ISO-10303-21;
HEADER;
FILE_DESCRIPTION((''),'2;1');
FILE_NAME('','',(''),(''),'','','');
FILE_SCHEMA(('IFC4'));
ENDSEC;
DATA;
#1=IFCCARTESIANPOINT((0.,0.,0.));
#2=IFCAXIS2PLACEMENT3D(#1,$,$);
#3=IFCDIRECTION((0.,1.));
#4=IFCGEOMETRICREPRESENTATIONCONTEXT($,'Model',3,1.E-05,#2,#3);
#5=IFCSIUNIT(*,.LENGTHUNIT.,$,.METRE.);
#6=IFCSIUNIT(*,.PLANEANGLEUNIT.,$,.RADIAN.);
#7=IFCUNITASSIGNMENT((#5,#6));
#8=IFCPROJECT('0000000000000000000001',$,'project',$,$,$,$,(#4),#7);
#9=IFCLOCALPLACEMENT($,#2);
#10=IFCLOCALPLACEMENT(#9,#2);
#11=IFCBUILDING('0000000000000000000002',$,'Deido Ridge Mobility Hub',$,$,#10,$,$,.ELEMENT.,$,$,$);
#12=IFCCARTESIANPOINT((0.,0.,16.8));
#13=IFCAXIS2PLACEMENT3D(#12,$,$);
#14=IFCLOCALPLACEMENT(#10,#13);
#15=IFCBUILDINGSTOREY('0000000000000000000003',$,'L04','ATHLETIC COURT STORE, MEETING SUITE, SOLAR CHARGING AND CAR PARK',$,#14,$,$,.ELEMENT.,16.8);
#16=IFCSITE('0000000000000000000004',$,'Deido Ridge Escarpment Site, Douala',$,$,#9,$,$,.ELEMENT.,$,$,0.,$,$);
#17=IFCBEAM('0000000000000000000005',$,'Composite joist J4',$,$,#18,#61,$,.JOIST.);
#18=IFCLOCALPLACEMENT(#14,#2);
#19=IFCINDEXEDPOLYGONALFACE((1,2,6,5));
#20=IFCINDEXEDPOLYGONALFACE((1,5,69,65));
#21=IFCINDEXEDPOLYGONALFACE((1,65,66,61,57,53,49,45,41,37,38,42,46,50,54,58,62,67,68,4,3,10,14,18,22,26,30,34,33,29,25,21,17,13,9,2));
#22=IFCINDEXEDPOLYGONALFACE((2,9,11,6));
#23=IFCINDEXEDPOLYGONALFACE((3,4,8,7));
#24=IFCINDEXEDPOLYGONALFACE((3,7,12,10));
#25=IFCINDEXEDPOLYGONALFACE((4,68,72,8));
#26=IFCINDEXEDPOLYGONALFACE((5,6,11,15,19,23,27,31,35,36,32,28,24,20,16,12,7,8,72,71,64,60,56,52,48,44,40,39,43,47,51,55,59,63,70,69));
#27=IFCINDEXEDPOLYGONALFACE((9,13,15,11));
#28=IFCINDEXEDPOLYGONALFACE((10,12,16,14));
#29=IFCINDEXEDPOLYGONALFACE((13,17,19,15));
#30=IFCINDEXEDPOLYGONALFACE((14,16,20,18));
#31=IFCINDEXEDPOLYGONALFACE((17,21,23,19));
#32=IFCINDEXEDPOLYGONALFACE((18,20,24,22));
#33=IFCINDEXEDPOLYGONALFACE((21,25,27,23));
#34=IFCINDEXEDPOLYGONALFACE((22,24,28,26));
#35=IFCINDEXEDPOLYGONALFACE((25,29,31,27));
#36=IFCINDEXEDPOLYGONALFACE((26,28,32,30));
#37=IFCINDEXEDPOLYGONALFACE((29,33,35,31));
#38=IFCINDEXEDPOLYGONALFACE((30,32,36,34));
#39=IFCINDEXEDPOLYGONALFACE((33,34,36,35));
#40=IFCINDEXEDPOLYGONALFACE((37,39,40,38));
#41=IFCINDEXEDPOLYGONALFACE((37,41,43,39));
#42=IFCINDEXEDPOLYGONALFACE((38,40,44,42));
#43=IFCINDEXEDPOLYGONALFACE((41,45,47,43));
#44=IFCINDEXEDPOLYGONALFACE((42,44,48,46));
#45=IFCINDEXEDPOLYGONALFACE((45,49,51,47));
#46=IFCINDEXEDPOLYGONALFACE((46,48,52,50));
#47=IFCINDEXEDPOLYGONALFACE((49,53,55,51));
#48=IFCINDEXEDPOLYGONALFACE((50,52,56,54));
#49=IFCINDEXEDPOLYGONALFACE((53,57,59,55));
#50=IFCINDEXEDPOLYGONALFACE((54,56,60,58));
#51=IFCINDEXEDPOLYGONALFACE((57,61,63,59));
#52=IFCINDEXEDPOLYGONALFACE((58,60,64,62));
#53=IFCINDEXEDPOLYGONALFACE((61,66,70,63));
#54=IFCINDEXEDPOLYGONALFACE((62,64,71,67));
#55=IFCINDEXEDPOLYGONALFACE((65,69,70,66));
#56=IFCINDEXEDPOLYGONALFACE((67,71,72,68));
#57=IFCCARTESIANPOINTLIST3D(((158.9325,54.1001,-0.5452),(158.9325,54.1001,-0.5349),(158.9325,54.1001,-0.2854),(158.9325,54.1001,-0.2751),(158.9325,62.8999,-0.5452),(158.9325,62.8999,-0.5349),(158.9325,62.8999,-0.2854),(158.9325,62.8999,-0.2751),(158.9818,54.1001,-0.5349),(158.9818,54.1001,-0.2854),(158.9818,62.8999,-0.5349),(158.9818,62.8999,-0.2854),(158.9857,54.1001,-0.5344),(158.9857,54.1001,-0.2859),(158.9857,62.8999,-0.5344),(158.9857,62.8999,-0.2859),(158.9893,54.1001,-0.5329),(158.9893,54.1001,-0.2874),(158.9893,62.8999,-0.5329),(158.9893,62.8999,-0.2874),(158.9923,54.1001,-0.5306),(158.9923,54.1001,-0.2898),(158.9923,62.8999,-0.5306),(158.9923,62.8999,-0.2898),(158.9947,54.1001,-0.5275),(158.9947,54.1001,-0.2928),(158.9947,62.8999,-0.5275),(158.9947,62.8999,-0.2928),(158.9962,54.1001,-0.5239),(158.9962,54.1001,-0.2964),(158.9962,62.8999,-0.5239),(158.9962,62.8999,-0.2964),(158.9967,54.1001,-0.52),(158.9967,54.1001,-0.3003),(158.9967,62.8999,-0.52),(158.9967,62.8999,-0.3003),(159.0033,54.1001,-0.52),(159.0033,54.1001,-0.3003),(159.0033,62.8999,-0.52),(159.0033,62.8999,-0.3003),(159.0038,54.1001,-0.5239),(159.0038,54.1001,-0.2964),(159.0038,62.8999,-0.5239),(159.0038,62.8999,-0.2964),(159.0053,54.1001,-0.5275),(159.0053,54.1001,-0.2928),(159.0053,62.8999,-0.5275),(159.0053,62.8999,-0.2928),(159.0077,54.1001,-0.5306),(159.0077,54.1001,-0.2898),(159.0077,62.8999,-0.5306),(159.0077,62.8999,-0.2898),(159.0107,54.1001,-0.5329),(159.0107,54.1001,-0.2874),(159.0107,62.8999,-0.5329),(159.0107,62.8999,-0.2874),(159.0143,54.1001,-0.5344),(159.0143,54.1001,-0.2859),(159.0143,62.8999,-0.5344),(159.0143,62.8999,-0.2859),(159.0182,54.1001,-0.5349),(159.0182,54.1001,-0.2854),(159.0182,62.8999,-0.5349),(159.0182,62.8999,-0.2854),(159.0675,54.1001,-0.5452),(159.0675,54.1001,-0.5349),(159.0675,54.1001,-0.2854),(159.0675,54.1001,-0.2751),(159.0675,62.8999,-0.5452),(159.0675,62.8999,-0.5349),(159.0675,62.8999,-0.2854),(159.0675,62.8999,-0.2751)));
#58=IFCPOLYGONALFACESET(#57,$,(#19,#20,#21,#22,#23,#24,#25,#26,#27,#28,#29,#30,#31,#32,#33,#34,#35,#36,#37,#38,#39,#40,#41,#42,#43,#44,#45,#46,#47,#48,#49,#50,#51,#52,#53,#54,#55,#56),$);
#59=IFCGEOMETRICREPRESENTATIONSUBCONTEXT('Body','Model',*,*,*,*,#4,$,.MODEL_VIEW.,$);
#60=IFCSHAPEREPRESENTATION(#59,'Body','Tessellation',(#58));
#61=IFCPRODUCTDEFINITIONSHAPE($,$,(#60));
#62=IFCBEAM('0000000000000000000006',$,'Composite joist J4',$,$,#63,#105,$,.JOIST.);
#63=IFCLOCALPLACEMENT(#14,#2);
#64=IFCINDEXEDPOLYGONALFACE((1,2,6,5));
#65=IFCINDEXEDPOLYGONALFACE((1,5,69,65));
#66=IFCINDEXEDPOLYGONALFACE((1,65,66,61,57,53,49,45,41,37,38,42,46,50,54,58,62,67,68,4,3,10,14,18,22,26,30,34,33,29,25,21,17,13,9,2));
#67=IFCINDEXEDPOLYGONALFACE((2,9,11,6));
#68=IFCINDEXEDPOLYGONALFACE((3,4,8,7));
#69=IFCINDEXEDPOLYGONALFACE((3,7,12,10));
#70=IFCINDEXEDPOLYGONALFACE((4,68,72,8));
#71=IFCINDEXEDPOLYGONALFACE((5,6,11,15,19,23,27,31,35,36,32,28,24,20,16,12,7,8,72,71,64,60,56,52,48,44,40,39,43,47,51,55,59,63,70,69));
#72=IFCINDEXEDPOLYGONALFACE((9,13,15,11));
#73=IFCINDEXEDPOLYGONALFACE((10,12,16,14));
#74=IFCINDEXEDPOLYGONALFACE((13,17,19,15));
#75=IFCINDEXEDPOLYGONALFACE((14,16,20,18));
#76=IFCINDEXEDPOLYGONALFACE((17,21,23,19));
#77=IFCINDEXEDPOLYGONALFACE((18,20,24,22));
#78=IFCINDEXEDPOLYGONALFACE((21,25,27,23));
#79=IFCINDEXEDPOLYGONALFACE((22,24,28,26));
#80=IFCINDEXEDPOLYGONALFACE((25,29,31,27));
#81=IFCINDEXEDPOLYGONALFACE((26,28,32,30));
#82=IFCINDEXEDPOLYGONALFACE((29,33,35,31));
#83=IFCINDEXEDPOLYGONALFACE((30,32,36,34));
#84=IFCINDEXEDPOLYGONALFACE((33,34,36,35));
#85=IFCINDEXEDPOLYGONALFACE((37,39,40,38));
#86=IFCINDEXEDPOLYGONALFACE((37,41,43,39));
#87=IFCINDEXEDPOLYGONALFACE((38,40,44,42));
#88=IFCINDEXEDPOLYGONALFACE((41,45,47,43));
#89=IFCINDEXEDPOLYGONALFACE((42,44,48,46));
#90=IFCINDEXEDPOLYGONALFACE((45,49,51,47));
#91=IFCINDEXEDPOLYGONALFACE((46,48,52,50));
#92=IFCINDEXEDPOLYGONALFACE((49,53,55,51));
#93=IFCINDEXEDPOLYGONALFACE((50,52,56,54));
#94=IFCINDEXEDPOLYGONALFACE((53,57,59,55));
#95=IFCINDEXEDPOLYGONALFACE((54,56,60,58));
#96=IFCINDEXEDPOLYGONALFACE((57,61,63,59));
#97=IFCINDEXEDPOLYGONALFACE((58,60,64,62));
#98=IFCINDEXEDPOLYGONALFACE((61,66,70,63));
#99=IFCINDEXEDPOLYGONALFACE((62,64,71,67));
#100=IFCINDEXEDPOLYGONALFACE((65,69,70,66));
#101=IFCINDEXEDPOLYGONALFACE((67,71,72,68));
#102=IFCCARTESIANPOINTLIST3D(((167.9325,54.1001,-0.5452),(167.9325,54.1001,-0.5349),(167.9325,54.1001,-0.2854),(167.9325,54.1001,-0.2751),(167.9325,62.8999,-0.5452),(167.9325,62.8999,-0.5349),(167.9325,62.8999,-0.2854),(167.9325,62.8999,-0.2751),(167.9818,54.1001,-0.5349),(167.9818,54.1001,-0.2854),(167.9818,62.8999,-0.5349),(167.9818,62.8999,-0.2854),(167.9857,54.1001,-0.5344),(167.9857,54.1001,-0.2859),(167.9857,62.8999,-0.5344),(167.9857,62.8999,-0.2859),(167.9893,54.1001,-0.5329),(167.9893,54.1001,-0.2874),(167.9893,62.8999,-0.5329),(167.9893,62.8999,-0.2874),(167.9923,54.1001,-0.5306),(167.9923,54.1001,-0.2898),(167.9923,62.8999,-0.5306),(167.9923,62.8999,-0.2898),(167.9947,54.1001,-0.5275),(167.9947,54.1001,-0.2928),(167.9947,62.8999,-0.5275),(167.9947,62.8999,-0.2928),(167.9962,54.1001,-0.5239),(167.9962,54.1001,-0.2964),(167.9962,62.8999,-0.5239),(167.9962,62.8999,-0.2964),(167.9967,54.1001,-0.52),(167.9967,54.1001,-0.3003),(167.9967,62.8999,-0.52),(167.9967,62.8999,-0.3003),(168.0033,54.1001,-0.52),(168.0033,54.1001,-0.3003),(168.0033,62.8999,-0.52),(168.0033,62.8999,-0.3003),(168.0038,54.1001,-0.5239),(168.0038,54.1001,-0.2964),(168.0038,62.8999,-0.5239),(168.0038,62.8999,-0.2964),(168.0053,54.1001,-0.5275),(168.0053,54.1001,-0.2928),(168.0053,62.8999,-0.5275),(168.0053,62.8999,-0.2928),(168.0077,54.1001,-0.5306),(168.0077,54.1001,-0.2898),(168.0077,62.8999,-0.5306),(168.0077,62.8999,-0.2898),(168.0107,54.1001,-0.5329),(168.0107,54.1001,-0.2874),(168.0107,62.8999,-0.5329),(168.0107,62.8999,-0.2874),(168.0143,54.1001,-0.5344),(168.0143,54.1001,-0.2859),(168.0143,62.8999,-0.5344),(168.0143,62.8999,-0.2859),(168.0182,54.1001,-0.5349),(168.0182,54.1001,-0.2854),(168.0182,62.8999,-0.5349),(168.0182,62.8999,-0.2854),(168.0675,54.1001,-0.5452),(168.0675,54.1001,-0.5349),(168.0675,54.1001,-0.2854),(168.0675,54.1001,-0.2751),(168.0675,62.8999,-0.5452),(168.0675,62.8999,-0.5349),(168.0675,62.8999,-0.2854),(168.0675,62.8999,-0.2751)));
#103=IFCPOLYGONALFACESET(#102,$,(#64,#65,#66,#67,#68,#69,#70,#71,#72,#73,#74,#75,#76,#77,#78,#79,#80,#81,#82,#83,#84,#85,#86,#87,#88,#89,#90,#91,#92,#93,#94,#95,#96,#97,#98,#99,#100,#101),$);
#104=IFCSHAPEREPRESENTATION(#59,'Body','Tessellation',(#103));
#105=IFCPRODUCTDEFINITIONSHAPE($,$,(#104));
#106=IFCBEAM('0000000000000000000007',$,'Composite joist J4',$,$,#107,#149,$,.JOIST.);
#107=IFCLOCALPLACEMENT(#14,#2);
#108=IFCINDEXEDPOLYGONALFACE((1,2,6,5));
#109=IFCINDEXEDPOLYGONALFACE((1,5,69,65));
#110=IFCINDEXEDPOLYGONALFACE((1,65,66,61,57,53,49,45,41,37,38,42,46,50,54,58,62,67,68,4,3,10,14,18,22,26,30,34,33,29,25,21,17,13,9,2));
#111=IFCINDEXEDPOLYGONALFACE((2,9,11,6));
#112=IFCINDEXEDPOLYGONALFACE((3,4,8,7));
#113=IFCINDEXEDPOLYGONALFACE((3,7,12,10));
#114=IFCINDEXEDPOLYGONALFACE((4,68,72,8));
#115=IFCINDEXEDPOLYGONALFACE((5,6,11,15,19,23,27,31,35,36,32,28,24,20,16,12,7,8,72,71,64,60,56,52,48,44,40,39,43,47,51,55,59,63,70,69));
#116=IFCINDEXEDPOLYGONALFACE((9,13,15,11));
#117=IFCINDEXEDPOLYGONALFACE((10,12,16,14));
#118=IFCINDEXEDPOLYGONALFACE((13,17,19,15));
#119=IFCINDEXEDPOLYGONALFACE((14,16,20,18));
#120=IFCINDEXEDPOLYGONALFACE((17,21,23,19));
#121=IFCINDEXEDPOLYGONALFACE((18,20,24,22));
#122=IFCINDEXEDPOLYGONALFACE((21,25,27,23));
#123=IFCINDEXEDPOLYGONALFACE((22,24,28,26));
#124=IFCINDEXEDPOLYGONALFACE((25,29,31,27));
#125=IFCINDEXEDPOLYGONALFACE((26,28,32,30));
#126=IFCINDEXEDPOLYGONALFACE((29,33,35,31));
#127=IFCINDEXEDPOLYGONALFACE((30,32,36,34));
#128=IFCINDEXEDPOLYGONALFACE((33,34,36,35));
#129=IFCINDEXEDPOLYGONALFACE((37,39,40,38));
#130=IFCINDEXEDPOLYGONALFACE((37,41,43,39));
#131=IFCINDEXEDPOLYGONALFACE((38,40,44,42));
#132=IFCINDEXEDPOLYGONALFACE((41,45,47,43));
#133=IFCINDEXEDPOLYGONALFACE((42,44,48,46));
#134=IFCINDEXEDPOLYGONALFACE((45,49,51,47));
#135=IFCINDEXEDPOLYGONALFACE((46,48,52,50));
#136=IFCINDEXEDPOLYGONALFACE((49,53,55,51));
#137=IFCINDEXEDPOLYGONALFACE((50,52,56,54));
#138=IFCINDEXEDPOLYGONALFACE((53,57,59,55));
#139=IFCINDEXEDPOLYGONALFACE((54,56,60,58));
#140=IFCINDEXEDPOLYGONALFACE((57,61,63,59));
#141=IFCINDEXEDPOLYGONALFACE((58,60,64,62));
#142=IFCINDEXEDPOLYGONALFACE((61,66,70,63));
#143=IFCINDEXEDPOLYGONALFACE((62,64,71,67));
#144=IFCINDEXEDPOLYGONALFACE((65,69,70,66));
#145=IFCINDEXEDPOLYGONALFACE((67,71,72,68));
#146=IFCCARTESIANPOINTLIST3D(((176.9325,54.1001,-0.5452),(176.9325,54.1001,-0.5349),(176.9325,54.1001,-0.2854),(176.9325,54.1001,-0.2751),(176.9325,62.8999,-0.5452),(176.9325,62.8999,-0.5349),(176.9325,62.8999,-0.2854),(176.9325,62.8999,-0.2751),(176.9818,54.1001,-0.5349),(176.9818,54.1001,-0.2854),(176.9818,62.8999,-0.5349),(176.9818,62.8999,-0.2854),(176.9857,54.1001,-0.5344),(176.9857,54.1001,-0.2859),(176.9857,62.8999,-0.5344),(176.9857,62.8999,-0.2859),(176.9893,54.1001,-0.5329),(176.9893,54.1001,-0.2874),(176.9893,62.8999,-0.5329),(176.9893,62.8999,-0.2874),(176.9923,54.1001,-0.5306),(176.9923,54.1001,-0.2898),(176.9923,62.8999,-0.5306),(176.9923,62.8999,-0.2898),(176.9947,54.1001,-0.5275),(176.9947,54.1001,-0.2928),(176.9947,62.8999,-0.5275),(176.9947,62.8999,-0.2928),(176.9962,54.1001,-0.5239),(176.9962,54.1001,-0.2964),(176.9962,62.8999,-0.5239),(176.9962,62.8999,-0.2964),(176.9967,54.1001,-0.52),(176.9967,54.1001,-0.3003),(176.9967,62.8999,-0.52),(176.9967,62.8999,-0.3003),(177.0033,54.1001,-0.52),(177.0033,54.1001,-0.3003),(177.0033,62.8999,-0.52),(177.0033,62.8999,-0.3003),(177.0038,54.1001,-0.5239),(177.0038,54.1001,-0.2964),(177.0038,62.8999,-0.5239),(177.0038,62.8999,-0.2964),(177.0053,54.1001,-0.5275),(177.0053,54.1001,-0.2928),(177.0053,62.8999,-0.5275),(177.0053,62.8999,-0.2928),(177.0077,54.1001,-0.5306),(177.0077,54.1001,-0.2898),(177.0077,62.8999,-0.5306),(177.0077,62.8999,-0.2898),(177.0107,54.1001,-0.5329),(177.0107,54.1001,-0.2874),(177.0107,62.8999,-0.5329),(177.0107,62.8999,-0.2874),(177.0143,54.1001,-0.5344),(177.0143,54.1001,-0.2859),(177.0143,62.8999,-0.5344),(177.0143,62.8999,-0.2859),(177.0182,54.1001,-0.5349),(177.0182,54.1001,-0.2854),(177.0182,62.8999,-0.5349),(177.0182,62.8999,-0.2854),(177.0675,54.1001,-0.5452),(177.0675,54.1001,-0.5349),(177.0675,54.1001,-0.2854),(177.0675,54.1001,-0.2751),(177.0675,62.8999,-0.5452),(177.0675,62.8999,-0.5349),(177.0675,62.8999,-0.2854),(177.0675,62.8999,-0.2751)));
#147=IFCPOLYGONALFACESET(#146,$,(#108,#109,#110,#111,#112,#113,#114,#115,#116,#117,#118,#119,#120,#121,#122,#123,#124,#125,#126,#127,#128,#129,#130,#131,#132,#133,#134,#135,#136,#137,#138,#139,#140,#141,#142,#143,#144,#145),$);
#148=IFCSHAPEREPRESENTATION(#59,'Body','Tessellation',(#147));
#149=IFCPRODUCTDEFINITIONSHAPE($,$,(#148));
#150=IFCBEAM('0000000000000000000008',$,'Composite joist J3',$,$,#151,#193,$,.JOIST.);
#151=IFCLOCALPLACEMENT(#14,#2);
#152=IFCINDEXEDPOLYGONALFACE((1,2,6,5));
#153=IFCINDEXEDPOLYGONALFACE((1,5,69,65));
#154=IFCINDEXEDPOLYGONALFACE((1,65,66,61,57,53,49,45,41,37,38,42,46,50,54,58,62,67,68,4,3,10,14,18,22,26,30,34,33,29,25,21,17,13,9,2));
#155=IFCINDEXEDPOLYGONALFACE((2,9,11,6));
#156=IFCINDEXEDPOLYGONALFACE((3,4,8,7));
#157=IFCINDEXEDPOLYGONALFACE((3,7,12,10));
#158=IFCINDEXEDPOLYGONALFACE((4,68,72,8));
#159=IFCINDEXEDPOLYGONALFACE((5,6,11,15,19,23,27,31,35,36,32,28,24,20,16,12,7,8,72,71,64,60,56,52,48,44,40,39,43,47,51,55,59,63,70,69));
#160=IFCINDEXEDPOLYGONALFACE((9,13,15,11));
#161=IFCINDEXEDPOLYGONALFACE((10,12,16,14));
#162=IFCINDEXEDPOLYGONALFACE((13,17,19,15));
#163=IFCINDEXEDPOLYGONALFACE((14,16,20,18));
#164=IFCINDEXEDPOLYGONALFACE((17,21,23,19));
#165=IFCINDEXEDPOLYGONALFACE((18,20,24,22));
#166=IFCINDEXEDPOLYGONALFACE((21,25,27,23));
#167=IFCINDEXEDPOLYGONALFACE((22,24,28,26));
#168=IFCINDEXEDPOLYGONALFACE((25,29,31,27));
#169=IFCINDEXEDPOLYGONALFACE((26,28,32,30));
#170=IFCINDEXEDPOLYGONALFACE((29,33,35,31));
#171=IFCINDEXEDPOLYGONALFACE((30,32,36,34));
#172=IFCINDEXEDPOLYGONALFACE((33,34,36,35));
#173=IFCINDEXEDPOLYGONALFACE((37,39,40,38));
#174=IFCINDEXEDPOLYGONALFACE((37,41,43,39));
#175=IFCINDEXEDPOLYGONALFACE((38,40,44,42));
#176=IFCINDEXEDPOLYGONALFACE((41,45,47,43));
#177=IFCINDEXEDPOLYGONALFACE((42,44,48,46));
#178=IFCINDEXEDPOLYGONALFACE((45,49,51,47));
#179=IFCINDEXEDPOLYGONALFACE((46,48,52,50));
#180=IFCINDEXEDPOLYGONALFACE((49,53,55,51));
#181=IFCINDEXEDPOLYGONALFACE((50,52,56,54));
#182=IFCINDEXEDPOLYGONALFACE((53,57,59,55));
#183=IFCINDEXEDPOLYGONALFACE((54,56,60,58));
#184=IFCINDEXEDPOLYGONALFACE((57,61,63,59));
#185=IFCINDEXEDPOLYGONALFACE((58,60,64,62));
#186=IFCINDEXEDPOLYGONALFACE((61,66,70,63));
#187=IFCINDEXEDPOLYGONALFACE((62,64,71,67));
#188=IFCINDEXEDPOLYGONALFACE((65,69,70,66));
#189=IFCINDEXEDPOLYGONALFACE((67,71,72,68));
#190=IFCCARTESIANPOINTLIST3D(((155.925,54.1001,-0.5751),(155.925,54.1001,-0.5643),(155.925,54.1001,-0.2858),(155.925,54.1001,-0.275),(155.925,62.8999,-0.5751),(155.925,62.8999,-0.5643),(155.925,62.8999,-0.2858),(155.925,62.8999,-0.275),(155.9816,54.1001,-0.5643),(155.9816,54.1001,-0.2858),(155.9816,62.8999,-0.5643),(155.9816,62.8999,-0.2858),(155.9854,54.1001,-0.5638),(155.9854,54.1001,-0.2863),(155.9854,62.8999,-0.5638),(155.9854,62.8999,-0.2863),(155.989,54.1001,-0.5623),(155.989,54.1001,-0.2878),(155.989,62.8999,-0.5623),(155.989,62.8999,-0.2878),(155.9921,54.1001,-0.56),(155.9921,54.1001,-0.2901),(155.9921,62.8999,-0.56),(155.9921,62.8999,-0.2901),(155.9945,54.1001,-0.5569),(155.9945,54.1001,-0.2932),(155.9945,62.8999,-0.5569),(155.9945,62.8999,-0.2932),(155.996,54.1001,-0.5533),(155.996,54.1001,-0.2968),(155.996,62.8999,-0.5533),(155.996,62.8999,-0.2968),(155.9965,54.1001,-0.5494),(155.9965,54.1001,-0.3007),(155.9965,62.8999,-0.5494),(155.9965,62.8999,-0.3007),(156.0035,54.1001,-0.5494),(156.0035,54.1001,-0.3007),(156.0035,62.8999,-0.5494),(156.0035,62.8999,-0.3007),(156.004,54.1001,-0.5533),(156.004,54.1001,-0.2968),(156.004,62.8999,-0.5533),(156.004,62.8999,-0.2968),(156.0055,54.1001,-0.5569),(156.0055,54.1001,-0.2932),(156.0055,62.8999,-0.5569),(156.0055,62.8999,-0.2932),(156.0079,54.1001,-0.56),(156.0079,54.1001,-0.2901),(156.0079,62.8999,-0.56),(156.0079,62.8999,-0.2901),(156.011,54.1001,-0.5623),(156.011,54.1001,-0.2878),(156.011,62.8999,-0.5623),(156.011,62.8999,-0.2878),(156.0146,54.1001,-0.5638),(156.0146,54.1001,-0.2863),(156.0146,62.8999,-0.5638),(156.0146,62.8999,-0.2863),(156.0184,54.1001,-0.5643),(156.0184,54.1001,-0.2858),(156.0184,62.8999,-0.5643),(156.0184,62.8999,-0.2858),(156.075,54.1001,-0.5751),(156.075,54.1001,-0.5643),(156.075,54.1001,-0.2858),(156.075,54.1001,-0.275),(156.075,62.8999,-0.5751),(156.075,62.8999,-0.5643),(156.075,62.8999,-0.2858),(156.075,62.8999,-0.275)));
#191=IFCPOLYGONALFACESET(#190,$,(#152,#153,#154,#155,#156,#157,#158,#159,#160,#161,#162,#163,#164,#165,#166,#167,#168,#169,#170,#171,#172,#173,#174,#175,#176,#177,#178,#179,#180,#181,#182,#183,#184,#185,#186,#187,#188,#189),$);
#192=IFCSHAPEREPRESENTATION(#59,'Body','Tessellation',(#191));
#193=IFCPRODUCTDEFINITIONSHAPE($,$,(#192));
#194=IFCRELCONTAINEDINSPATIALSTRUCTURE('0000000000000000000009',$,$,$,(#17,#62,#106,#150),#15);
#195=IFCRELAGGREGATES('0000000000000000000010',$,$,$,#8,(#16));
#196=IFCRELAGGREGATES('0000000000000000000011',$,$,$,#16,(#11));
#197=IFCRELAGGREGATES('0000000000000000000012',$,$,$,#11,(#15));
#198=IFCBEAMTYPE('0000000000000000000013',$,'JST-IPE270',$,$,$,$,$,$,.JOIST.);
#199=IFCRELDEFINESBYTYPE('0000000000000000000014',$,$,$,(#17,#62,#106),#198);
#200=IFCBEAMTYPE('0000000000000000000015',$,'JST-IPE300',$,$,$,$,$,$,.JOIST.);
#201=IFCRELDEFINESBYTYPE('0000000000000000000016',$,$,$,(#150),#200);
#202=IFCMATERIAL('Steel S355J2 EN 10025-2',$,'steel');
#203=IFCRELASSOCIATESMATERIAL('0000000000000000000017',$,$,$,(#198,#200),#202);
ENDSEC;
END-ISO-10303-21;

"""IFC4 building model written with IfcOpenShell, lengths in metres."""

from ifc_helpers import new_model, si_unit, direction, frame, origin, origin_2d, place, context, subcontext, project, spatial, i_section, extrude, material, material_profile, profile_set, type_object, element, save


model = new_model("IFC4")

# Units and contexts
model_context = context("Model", 3, precision=1e-05, world=origin(), true_north=direction((0.0, 1.0)))
body_context = subcontext(model_context, "Body", "Model", "MODEL_VIEW")
ifc_project = project(units=[si_unit("LENGTHUNIT", "METRE"), si_unit("PLANEANGLEUNIT", "RADIAN")], contexts=[model_context])

# Site, building, storey
site_placement = place(None, origin())
site = spatial("IfcSite", under=ifc_project, at=site_placement, Name="Deido Ridge Escarpment Site, Douala", CompositionType="ELEMENT", RefElevation=0.0)
building_placement = place(site_placement, origin())
building = spatial("IfcBuilding", under=site, at=building_placement, Name="Deido Ridge Mobility Hub", CompositionType="ELEMENT")
storey_placement = place(building_placement, frame((0.0, 0.0, 16.8)))
storey = spatial("IfcBuildingStorey", under=building, at=storey_placement, Name="L04", Description="ATHLETIC COURT STORE, MEETING SUITE, SOLAR CHARGING AND CAR PARK", CompositionType="ELEMENT", Elevation=16.8)

# Shared definitions
ifc_material_1 = material(Name="Steel S355J2 EN 10025-2", Category="steel")

# Beams
ifc_material_profile_1 = material_profile(ifc_material_1, i_section(OverallWidth=0.135, OverallDepth=0.27, WebThickness=0.0066, FlangeThickness=0.0103, FilletRadius=0.0149, at=origin_2d()), Name="IPE 270")
ifc_profile_set_1 = profile_set([ifc_material_profile_1], Name="Steel S355J2 EN 10025-2")
beam_type_1 = type_object("IfcBeamType", Name="JST-IPE270", PredefinedType="JOIST", material=ifc_profile_set_1)
for number, where, z_axis, x_axis, name in (
    (1, (159.0, 54.1001, -0.4102), (0.0, 1.0, 0.0), (-1.0, 0.0, 0.0), "Composite joist J4"),
    (2, (168.0, 54.1001, -0.4102), (0.0, 1.0, 0.0), (-1.0, 0.0, 0.0), "Composite joist J4"),
    (3, (177.0, 54.1001, -0.4102), (0.0, 1.0, 0.0), (-1.0, 0.0, 0.0), "Composite joist J4"),
):
    element("IfcBeam", number, at=place(storey_placement, frame(where, z_axis=z_axis, x_axis=x_axis)), inside=storey, type_object=beam_type_1, Name=name, PredefinedType="JOIST", context=body_context, shape_type="SweptSolid", body=[
        extrude(i_section(OverallWidth=0.135, OverallDepth=0.27, WebThickness=0.0066, FlangeThickness=0.0103, FilletRadius=0.0149, at=origin_2d()), origin(), (0.0, 0.0, 1.0), 8.7998),
    ])
ifc_material_profile_2 = material_profile(ifc_material_1, i_section(OverallWidth=0.1499, OverallDepth=0.3, WebThickness=0.0071, FlangeThickness=0.0107, FilletRadius=0.0149, at=origin_2d()), Name="IPE 300")
ifc_profile_set_2 = profile_set([ifc_material_profile_2], Name="Steel S355J2 EN 10025-2")
beam_type_2 = type_object("IfcBeamType", Name="JST-IPE300", PredefinedType="JOIST", material=ifc_profile_set_2)
for number, where, z_axis, x_axis, name in (
    (4, (156.0, 54.1001, -0.425), (0.0, 1.0, 0.0), (-1.0, 0.0, 0.0), "Composite joist J3"),
):
    element("IfcBeam", number, at=place(storey_placement, frame(where, z_axis=z_axis, x_axis=x_axis)), inside=storey, type_object=beam_type_2, Name=name, PredefinedType="JOIST", context=body_context, shape_type="SweptSolid", body=[
        extrude(i_section(OverallWidth=0.1499, OverallDepth=0.3, WebThickness=0.0071, FlangeThickness=0.0107, FilletRadius=0.0149, at=origin_2d()), origin(), (0.0, 0.0, 1.0), 8.7998),
    ])

save(model, "model.ifc")
